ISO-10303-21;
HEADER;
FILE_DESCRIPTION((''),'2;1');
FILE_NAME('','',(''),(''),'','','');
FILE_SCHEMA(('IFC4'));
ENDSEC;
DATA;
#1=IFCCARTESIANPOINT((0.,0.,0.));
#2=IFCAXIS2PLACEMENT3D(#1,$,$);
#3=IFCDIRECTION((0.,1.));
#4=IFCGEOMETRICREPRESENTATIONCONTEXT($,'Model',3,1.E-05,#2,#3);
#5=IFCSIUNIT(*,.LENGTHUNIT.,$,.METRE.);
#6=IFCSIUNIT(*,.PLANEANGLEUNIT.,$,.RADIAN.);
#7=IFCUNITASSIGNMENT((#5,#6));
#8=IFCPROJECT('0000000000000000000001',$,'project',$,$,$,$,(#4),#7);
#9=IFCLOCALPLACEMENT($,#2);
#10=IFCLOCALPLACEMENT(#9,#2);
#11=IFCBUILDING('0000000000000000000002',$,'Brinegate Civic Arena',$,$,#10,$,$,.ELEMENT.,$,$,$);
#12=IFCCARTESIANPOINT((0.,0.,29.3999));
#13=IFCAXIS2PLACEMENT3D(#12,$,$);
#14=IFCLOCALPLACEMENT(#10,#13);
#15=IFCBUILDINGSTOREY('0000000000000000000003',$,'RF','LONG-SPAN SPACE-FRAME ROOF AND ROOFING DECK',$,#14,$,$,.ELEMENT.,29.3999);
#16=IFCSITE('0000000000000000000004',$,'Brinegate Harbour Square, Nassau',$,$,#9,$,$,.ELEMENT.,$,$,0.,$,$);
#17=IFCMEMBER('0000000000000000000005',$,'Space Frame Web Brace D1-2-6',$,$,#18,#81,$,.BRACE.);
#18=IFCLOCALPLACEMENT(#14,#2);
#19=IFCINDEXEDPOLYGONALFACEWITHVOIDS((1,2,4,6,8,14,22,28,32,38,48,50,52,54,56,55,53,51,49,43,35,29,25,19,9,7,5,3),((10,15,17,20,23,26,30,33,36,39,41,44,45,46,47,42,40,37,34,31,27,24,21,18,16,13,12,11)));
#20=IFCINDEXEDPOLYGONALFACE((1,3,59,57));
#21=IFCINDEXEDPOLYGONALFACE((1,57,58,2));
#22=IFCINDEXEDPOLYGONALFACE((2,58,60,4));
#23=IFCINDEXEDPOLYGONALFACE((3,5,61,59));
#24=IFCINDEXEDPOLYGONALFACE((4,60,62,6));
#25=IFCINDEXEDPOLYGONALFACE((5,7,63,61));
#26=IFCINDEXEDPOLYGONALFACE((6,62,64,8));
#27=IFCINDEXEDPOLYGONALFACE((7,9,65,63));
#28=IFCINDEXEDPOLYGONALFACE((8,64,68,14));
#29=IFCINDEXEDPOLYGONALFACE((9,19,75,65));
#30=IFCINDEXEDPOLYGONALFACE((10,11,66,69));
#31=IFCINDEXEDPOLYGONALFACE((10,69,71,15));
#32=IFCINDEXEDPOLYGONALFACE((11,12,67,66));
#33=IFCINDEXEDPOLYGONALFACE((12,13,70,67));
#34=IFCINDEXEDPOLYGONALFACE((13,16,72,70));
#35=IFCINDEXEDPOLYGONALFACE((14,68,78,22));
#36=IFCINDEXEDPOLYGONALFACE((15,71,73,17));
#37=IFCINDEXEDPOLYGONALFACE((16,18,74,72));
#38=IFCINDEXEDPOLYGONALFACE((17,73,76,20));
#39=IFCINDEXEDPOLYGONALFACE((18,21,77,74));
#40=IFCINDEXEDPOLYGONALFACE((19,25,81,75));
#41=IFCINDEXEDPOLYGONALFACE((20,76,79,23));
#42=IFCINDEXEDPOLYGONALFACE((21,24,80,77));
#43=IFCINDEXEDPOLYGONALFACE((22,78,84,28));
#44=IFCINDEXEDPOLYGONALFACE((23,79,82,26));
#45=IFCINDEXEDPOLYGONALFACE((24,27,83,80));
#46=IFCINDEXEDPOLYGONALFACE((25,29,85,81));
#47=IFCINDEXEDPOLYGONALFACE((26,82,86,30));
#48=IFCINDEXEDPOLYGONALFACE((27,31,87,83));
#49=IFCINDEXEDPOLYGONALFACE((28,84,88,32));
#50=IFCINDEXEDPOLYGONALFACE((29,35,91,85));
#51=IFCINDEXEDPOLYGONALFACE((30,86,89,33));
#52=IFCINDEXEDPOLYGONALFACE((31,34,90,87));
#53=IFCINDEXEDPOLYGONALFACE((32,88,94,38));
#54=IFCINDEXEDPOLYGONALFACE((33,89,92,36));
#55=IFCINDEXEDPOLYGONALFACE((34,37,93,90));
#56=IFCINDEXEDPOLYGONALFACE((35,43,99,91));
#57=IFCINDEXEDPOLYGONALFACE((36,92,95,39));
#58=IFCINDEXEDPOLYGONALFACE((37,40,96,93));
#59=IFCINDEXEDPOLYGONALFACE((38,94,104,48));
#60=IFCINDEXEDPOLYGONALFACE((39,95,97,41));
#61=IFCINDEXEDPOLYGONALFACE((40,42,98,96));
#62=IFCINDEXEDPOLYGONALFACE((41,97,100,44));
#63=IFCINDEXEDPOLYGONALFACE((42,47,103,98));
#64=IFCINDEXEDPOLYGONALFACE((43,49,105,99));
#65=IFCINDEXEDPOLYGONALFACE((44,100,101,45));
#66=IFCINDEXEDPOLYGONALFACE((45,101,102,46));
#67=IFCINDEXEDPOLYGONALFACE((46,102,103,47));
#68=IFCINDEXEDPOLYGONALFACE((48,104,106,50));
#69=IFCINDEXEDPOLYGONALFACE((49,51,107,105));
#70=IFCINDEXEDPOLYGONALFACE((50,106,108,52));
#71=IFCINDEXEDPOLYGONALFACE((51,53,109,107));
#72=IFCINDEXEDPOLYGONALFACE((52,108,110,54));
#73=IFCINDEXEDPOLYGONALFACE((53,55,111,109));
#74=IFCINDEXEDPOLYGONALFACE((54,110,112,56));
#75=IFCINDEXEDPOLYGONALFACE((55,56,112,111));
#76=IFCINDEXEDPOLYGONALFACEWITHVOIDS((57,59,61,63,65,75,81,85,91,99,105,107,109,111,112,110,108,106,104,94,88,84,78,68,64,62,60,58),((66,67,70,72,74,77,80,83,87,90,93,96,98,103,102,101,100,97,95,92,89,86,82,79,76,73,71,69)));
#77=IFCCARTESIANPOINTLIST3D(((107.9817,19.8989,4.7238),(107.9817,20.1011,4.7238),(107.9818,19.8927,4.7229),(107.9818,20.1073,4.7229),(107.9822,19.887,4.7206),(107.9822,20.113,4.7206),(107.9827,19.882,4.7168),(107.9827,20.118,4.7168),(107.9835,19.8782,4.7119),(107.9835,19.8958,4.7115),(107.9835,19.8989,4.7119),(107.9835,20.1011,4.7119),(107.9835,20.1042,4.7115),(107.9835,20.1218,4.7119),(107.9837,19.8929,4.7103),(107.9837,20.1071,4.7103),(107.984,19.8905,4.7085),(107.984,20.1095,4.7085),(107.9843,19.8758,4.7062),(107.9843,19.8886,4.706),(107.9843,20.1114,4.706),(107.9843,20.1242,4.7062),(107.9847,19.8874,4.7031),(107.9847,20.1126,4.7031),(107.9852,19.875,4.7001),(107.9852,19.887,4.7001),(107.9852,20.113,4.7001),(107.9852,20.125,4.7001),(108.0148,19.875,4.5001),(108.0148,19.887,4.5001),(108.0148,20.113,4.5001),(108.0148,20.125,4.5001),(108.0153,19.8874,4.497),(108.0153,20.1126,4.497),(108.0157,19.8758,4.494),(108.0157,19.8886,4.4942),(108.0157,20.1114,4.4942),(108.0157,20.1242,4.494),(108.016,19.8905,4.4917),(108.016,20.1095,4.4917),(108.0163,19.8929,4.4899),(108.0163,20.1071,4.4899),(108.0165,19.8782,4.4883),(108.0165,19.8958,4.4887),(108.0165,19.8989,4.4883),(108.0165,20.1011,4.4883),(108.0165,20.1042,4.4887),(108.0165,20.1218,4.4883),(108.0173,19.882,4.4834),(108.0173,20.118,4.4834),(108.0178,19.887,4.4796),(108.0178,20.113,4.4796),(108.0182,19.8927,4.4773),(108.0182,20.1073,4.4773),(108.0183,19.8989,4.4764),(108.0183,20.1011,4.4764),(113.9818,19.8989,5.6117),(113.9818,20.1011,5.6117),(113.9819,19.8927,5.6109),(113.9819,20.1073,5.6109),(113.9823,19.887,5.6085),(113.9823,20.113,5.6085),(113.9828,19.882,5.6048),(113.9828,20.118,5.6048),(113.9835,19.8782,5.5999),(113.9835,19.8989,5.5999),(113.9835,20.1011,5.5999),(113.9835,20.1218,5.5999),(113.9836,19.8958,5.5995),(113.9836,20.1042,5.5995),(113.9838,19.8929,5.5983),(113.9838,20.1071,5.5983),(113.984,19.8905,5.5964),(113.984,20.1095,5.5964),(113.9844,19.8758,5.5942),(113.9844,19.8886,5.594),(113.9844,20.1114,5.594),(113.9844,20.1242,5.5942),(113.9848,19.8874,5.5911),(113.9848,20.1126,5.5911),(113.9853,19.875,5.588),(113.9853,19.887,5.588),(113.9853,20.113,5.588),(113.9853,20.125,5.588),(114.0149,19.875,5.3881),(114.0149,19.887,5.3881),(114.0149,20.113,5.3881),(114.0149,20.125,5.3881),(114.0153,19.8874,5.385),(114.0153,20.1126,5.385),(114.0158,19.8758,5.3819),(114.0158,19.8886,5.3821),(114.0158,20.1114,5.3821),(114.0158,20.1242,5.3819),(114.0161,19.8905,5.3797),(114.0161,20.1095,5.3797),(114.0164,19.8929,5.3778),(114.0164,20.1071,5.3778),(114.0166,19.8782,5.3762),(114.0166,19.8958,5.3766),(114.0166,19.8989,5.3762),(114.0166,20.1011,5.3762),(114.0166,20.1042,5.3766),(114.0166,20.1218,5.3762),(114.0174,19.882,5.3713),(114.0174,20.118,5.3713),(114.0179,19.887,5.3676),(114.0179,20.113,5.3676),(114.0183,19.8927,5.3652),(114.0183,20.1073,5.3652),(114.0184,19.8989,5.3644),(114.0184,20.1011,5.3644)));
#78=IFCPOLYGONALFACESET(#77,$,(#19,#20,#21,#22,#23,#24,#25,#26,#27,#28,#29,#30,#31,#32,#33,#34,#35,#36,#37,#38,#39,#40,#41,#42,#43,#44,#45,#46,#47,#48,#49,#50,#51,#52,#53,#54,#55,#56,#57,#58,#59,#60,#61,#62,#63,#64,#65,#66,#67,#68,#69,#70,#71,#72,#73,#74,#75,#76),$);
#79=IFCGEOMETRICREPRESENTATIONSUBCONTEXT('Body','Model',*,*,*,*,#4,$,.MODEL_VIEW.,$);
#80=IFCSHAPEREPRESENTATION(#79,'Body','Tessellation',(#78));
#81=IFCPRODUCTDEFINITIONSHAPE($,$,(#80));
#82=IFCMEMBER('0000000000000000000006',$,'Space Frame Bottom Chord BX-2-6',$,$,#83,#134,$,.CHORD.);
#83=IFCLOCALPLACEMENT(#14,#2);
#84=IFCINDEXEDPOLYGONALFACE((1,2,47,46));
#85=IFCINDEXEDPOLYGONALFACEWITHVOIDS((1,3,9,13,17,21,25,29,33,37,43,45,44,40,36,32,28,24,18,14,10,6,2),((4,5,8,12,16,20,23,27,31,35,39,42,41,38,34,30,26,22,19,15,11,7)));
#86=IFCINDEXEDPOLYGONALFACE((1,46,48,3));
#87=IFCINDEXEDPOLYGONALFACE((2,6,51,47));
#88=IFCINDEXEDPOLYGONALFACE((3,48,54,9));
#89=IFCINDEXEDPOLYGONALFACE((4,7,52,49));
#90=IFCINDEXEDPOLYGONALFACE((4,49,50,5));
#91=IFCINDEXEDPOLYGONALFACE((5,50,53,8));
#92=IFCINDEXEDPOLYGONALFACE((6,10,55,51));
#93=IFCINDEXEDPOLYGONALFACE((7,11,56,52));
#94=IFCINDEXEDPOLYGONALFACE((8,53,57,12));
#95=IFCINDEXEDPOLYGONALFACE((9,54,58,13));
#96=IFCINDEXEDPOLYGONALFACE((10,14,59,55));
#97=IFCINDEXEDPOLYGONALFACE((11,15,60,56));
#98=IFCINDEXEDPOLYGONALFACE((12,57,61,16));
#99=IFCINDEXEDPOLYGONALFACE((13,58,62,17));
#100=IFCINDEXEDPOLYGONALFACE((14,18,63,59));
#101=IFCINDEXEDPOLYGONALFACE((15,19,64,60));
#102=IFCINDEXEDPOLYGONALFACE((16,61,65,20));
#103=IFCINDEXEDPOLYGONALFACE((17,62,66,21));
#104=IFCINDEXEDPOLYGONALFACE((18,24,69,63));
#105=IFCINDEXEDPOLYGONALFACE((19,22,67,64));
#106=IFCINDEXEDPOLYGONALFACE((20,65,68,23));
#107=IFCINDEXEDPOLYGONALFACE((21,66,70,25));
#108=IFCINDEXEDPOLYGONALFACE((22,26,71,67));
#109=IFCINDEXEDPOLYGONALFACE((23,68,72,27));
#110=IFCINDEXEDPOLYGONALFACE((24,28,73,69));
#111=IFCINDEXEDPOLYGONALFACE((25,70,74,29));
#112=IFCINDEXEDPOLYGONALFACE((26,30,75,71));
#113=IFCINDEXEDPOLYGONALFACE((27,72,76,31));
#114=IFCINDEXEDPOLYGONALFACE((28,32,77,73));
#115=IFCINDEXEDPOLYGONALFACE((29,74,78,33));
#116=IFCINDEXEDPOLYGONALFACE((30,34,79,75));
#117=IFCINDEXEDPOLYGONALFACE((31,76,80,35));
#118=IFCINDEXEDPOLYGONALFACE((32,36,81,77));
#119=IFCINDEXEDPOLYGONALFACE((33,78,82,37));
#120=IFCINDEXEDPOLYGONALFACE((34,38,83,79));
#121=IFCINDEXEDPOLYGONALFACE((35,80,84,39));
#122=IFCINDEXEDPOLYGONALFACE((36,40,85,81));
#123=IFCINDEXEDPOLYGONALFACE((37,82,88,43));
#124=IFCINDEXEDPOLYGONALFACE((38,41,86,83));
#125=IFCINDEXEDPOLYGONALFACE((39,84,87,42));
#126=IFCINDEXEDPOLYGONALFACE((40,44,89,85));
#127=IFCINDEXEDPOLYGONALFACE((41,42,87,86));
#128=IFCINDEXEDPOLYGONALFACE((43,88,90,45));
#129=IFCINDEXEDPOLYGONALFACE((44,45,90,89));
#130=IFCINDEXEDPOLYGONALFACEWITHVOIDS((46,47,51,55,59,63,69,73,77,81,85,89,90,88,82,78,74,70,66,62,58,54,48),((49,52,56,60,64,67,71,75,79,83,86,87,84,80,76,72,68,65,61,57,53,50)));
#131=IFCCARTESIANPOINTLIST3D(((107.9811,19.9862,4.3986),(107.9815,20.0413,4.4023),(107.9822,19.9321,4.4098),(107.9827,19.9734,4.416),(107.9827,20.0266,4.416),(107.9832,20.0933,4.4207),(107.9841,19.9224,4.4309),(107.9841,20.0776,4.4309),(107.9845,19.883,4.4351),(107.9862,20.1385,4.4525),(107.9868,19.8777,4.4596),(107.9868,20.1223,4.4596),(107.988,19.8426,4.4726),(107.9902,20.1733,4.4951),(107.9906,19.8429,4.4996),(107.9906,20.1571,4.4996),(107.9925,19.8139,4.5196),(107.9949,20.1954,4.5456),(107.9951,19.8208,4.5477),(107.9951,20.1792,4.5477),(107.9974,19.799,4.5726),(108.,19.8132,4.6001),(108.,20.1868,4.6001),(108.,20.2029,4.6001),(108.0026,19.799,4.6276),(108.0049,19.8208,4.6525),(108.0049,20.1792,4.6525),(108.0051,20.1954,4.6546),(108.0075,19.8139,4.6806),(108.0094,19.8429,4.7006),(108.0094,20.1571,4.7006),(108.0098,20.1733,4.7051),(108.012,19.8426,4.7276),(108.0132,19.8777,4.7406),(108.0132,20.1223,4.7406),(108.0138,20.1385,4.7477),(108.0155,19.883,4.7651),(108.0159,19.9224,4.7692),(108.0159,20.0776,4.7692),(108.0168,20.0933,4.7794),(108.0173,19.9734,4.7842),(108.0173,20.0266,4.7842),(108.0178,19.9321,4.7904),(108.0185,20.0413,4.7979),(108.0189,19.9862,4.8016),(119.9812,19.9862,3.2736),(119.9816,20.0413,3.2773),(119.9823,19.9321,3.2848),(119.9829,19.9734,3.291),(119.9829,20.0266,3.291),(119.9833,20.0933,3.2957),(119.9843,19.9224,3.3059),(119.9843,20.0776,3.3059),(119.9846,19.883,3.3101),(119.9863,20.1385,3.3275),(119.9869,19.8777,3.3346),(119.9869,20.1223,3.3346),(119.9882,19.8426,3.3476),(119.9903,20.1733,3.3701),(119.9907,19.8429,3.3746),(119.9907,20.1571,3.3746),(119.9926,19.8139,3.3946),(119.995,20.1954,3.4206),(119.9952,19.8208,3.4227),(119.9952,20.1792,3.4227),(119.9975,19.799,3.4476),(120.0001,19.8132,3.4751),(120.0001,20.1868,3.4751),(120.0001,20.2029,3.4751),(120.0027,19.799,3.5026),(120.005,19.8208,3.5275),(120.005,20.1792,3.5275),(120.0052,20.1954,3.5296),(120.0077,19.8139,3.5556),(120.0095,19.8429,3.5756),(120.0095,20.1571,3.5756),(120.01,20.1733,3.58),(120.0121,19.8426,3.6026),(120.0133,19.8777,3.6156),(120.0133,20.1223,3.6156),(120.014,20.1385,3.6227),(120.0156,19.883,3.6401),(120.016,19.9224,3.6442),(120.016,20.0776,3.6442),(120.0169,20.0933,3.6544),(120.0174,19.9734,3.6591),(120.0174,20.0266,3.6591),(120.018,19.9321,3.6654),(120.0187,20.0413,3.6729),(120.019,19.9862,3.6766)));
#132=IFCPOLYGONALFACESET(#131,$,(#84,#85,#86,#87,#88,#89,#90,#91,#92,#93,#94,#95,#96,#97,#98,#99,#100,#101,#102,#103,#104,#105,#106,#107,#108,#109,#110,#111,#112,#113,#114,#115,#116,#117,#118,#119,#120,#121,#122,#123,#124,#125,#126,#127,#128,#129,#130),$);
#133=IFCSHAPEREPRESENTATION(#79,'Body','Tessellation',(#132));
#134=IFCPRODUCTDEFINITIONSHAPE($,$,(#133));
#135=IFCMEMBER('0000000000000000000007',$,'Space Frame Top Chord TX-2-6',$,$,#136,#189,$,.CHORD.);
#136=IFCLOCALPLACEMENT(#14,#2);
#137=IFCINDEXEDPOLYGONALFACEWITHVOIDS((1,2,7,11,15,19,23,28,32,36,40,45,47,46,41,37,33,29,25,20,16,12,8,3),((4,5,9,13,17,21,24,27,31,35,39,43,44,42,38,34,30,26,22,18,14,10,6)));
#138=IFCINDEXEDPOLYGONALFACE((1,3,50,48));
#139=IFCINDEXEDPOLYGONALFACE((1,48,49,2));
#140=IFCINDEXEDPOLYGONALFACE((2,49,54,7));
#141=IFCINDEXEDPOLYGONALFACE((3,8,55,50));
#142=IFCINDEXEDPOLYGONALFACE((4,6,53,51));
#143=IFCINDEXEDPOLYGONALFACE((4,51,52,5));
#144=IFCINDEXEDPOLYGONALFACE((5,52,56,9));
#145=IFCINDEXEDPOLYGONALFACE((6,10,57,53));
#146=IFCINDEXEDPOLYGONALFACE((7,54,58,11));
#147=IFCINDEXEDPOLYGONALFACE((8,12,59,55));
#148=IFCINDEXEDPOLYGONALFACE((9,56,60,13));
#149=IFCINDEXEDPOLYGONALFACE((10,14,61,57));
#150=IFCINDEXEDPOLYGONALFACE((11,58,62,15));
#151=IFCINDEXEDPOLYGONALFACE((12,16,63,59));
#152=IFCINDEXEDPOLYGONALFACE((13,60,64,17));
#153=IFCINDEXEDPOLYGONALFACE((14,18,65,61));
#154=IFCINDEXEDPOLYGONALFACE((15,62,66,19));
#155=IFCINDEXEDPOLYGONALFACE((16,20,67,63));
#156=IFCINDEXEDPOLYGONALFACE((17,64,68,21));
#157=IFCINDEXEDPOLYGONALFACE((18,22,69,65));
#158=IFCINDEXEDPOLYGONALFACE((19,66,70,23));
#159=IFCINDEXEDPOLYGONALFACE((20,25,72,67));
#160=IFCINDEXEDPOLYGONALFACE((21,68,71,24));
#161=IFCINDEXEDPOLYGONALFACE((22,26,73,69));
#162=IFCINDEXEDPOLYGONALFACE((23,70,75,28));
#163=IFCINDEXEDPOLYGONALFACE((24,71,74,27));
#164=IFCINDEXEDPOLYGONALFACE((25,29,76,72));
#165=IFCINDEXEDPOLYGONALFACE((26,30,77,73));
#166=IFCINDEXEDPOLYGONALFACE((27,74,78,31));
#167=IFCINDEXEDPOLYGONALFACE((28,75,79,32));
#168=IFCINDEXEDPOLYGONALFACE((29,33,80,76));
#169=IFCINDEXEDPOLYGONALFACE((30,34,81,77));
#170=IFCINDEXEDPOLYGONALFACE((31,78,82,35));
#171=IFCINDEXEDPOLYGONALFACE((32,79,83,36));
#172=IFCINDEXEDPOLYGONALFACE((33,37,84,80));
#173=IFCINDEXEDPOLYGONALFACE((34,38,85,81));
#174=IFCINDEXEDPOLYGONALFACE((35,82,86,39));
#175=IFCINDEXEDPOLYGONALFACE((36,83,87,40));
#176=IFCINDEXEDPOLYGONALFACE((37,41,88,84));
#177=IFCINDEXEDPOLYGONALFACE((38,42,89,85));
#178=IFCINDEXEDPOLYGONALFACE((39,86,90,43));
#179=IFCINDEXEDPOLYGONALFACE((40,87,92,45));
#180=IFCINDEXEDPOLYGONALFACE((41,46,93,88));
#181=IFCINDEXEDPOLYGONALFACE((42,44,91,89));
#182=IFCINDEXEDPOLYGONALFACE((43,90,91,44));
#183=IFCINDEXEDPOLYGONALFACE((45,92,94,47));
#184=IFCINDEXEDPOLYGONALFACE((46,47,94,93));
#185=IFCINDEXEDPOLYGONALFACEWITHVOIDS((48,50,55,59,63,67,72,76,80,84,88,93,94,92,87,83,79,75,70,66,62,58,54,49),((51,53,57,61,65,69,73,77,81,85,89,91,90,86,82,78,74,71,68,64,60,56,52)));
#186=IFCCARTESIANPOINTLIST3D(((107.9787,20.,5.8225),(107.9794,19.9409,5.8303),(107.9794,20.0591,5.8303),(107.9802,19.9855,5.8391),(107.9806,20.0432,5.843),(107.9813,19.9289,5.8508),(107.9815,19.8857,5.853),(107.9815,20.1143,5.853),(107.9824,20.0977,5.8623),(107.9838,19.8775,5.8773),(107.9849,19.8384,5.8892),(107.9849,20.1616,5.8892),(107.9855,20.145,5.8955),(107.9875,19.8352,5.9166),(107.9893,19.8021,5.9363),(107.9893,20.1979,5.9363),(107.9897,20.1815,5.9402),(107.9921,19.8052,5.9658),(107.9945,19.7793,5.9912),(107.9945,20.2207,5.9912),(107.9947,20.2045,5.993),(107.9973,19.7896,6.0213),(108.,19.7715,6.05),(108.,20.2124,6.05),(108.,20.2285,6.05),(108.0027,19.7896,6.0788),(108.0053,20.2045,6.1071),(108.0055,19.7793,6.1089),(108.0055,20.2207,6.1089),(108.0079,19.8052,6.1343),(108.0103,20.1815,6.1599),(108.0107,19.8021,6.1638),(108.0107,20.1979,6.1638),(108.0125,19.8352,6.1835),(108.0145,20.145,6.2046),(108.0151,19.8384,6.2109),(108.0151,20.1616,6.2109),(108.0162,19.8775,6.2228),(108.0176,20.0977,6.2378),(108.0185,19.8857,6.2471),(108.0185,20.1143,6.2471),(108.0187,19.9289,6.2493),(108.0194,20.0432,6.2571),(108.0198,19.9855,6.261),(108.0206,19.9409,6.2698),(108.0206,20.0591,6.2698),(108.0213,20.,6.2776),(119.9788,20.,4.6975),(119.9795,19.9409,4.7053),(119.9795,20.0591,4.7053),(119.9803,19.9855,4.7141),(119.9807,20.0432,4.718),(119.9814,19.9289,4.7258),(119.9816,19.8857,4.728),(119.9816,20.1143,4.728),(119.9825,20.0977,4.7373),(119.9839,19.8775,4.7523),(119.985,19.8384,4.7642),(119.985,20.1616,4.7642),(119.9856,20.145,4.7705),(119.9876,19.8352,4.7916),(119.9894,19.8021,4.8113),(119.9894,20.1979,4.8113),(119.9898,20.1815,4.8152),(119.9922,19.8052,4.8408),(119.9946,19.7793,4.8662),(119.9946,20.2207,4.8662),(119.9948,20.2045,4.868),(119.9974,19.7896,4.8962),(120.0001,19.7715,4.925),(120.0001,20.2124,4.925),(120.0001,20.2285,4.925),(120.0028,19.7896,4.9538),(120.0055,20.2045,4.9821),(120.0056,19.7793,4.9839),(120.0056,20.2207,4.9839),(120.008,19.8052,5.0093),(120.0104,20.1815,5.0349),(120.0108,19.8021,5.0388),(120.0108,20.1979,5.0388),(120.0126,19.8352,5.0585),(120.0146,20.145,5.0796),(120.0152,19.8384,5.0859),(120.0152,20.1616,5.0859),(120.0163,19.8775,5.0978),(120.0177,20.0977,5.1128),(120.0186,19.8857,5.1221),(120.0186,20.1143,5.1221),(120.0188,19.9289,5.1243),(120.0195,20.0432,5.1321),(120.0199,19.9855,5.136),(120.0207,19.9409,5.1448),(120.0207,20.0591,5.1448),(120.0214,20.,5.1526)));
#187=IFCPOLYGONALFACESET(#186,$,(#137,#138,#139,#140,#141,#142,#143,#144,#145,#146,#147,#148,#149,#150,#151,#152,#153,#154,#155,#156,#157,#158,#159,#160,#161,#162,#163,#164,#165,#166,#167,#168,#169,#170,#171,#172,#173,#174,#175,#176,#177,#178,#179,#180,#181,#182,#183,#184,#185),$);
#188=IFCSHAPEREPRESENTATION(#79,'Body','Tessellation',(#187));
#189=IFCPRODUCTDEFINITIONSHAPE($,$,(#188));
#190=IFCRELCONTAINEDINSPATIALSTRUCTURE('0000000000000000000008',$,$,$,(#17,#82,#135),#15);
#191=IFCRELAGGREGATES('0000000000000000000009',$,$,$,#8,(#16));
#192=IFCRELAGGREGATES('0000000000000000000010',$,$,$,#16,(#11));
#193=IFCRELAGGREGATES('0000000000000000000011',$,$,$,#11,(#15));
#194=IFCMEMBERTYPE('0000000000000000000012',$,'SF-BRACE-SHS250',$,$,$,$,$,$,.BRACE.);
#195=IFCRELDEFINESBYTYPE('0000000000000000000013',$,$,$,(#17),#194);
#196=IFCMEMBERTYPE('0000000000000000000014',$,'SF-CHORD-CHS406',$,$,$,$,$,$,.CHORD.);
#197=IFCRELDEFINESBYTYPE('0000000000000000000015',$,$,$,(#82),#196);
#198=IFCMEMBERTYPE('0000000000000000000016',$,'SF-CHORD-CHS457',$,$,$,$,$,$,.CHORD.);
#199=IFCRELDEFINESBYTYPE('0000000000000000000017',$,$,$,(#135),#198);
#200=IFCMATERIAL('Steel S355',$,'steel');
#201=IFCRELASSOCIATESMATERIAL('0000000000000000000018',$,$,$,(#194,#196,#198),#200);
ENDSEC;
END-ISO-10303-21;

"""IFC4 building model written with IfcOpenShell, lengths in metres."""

from ifc_helpers import new_model, si_unit, direction, frame, origin, origin_2d, place, context, subcontext, project, spatial, hollow_rectangle, hollow_circle, extrude, material, material_profile, profile_set, type_object, element, save


model = new_model("IFC4")

# Units and contexts
model_context = context("Model", 3, precision=1e-05, world=origin(), true_north=direction((0.0, 1.0)))
body_context = subcontext(model_context, "Body", "Model", "MODEL_VIEW")
ifc_project = project(units=[si_unit("LENGTHUNIT", "METRE"), si_unit("PLANEANGLEUNIT", "RADIAN")], contexts=[model_context])

# Site, building, storey
site_placement = place(None, origin())
site = spatial("IfcSite", under=ifc_project, at=site_placement, Name="Brinegate Harbour Square, Nassau", CompositionType="ELEMENT", RefElevation=0.0)
building_placement = place(site_placement, origin())
building = spatial("IfcBuilding", under=site, at=building_placement, Name="Brinegate Civic Arena", CompositionType="ELEMENT")
storey_placement = place(building_placement, frame((0.0, 0.0, 29.3999)))
storey = spatial("IfcBuildingStorey", under=building, at=storey_placement, Name="RF", Description="LONG-SPAN SPACE-FRAME ROOF AND ROOFING DECK", CompositionType="ELEMENT", Elevation=29.3999)

# Shared definitions
ifc_material_1 = material(Name="Steel S355", Category="steel")

# Members
ifc_material_profile_1 = material_profile(ifc_material_1, hollow_rectangle(XDim=0.25, YDim=0.25, WallThickness=0.012, InnerFilletRadius=0.012, OuterFilletRadius=0.0239, at=origin_2d()), Name="SHS250X12")
ifc_profile_set_1 = profile_set([ifc_material_profile_1], Name="Steel S355")
member_type_1 = type_object("IfcMemberType", Name="SF-BRACE-SHS250", PredefinedType="BRACE", material=ifc_profile_set_1)
member_1_placement = place(storey_placement, frame((108.0, 20.0, 4.6001), z_axis=(0.989226, 0.0, 0.146395), x_axis=(0.0, 1.0, 0.0)))
element("IfcMember", 1, at=member_1_placement, inside=storey, type_object=member_type_1, Name="Space Frame Web Brace D1-2-6", PredefinedType="BRACE", context=body_context, shape_type="SweptSolid", body=[
    extrude(hollow_rectangle(XDim=0.25, YDim=0.25, WallThickness=0.012, InnerFilletRadius=0.012, OuterFilletRadius=0.0239, at=origin_2d()), origin(), (0.0, 0.0, 1.0), 6.0654),
])
ifc_material_profile_2 = material_profile(ifc_material_1, hollow_circle(Radius=0.2029, WallThickness=0.0161, at=origin_2d()), Name="CHS406X16")
ifc_profile_set_2 = profile_set([ifc_material_profile_2], Name="Steel S355")
member_type_2 = type_object("IfcMemberType", Name="SF-CHORD-CHS406", PredefinedType="CHORD", material=ifc_profile_set_2)
member_2_placement = place(storey_placement, frame((108.0, 20.0, 4.6001), z_axis=(0.995634, 0.0, -0.093341), x_axis=(0.0, 1.0, 0.0)))
element("IfcMember", 2, at=member_2_placement, inside=storey, type_object=member_type_2, Name="Space Frame Bottom Chord BX-2-6", PredefinedType="CHORD", context=body_context, shape_type="SweptSolid", body=[
    extrude(hollow_circle(Radius=0.2029, WallThickness=0.0161, at=origin_2d()), origin(), (0.0, 0.0, 1.0), 12.0527),
])
ifc_material_profile_3 = material_profile(ifc_material_1, hollow_circle(Radius=0.2285, WallThickness=0.0161, at=origin_2d()), Name="CHS457X16")
ifc_profile_set_3 = profile_set([ifc_material_profile_3], Name="Steel S355")
member_type_3 = type_object("IfcMemberType", Name="SF-CHORD-CHS457", PredefinedType="CHORD", material=ifc_profile_set_3)
member_3_placement = place(storey_placement, frame((108.0, 20.0, 6.05), z_axis=(0.995634, 0.0, -0.093341), x_axis=(0.0, 1.0, 0.0)))
element("IfcMember", 3, at=member_3_placement, inside=storey, type_object=member_type_3, Name="Space Frame Top Chord TX-2-6", PredefinedType="CHORD", context=body_context, shape_type="SweptSolid", body=[
    extrude(hollow_circle(Radius=0.2285, WallThickness=0.0161, at=origin_2d()), origin(), (0.0, 0.0, 1.0), 12.0527),
])

save(model, "model.ifc")
